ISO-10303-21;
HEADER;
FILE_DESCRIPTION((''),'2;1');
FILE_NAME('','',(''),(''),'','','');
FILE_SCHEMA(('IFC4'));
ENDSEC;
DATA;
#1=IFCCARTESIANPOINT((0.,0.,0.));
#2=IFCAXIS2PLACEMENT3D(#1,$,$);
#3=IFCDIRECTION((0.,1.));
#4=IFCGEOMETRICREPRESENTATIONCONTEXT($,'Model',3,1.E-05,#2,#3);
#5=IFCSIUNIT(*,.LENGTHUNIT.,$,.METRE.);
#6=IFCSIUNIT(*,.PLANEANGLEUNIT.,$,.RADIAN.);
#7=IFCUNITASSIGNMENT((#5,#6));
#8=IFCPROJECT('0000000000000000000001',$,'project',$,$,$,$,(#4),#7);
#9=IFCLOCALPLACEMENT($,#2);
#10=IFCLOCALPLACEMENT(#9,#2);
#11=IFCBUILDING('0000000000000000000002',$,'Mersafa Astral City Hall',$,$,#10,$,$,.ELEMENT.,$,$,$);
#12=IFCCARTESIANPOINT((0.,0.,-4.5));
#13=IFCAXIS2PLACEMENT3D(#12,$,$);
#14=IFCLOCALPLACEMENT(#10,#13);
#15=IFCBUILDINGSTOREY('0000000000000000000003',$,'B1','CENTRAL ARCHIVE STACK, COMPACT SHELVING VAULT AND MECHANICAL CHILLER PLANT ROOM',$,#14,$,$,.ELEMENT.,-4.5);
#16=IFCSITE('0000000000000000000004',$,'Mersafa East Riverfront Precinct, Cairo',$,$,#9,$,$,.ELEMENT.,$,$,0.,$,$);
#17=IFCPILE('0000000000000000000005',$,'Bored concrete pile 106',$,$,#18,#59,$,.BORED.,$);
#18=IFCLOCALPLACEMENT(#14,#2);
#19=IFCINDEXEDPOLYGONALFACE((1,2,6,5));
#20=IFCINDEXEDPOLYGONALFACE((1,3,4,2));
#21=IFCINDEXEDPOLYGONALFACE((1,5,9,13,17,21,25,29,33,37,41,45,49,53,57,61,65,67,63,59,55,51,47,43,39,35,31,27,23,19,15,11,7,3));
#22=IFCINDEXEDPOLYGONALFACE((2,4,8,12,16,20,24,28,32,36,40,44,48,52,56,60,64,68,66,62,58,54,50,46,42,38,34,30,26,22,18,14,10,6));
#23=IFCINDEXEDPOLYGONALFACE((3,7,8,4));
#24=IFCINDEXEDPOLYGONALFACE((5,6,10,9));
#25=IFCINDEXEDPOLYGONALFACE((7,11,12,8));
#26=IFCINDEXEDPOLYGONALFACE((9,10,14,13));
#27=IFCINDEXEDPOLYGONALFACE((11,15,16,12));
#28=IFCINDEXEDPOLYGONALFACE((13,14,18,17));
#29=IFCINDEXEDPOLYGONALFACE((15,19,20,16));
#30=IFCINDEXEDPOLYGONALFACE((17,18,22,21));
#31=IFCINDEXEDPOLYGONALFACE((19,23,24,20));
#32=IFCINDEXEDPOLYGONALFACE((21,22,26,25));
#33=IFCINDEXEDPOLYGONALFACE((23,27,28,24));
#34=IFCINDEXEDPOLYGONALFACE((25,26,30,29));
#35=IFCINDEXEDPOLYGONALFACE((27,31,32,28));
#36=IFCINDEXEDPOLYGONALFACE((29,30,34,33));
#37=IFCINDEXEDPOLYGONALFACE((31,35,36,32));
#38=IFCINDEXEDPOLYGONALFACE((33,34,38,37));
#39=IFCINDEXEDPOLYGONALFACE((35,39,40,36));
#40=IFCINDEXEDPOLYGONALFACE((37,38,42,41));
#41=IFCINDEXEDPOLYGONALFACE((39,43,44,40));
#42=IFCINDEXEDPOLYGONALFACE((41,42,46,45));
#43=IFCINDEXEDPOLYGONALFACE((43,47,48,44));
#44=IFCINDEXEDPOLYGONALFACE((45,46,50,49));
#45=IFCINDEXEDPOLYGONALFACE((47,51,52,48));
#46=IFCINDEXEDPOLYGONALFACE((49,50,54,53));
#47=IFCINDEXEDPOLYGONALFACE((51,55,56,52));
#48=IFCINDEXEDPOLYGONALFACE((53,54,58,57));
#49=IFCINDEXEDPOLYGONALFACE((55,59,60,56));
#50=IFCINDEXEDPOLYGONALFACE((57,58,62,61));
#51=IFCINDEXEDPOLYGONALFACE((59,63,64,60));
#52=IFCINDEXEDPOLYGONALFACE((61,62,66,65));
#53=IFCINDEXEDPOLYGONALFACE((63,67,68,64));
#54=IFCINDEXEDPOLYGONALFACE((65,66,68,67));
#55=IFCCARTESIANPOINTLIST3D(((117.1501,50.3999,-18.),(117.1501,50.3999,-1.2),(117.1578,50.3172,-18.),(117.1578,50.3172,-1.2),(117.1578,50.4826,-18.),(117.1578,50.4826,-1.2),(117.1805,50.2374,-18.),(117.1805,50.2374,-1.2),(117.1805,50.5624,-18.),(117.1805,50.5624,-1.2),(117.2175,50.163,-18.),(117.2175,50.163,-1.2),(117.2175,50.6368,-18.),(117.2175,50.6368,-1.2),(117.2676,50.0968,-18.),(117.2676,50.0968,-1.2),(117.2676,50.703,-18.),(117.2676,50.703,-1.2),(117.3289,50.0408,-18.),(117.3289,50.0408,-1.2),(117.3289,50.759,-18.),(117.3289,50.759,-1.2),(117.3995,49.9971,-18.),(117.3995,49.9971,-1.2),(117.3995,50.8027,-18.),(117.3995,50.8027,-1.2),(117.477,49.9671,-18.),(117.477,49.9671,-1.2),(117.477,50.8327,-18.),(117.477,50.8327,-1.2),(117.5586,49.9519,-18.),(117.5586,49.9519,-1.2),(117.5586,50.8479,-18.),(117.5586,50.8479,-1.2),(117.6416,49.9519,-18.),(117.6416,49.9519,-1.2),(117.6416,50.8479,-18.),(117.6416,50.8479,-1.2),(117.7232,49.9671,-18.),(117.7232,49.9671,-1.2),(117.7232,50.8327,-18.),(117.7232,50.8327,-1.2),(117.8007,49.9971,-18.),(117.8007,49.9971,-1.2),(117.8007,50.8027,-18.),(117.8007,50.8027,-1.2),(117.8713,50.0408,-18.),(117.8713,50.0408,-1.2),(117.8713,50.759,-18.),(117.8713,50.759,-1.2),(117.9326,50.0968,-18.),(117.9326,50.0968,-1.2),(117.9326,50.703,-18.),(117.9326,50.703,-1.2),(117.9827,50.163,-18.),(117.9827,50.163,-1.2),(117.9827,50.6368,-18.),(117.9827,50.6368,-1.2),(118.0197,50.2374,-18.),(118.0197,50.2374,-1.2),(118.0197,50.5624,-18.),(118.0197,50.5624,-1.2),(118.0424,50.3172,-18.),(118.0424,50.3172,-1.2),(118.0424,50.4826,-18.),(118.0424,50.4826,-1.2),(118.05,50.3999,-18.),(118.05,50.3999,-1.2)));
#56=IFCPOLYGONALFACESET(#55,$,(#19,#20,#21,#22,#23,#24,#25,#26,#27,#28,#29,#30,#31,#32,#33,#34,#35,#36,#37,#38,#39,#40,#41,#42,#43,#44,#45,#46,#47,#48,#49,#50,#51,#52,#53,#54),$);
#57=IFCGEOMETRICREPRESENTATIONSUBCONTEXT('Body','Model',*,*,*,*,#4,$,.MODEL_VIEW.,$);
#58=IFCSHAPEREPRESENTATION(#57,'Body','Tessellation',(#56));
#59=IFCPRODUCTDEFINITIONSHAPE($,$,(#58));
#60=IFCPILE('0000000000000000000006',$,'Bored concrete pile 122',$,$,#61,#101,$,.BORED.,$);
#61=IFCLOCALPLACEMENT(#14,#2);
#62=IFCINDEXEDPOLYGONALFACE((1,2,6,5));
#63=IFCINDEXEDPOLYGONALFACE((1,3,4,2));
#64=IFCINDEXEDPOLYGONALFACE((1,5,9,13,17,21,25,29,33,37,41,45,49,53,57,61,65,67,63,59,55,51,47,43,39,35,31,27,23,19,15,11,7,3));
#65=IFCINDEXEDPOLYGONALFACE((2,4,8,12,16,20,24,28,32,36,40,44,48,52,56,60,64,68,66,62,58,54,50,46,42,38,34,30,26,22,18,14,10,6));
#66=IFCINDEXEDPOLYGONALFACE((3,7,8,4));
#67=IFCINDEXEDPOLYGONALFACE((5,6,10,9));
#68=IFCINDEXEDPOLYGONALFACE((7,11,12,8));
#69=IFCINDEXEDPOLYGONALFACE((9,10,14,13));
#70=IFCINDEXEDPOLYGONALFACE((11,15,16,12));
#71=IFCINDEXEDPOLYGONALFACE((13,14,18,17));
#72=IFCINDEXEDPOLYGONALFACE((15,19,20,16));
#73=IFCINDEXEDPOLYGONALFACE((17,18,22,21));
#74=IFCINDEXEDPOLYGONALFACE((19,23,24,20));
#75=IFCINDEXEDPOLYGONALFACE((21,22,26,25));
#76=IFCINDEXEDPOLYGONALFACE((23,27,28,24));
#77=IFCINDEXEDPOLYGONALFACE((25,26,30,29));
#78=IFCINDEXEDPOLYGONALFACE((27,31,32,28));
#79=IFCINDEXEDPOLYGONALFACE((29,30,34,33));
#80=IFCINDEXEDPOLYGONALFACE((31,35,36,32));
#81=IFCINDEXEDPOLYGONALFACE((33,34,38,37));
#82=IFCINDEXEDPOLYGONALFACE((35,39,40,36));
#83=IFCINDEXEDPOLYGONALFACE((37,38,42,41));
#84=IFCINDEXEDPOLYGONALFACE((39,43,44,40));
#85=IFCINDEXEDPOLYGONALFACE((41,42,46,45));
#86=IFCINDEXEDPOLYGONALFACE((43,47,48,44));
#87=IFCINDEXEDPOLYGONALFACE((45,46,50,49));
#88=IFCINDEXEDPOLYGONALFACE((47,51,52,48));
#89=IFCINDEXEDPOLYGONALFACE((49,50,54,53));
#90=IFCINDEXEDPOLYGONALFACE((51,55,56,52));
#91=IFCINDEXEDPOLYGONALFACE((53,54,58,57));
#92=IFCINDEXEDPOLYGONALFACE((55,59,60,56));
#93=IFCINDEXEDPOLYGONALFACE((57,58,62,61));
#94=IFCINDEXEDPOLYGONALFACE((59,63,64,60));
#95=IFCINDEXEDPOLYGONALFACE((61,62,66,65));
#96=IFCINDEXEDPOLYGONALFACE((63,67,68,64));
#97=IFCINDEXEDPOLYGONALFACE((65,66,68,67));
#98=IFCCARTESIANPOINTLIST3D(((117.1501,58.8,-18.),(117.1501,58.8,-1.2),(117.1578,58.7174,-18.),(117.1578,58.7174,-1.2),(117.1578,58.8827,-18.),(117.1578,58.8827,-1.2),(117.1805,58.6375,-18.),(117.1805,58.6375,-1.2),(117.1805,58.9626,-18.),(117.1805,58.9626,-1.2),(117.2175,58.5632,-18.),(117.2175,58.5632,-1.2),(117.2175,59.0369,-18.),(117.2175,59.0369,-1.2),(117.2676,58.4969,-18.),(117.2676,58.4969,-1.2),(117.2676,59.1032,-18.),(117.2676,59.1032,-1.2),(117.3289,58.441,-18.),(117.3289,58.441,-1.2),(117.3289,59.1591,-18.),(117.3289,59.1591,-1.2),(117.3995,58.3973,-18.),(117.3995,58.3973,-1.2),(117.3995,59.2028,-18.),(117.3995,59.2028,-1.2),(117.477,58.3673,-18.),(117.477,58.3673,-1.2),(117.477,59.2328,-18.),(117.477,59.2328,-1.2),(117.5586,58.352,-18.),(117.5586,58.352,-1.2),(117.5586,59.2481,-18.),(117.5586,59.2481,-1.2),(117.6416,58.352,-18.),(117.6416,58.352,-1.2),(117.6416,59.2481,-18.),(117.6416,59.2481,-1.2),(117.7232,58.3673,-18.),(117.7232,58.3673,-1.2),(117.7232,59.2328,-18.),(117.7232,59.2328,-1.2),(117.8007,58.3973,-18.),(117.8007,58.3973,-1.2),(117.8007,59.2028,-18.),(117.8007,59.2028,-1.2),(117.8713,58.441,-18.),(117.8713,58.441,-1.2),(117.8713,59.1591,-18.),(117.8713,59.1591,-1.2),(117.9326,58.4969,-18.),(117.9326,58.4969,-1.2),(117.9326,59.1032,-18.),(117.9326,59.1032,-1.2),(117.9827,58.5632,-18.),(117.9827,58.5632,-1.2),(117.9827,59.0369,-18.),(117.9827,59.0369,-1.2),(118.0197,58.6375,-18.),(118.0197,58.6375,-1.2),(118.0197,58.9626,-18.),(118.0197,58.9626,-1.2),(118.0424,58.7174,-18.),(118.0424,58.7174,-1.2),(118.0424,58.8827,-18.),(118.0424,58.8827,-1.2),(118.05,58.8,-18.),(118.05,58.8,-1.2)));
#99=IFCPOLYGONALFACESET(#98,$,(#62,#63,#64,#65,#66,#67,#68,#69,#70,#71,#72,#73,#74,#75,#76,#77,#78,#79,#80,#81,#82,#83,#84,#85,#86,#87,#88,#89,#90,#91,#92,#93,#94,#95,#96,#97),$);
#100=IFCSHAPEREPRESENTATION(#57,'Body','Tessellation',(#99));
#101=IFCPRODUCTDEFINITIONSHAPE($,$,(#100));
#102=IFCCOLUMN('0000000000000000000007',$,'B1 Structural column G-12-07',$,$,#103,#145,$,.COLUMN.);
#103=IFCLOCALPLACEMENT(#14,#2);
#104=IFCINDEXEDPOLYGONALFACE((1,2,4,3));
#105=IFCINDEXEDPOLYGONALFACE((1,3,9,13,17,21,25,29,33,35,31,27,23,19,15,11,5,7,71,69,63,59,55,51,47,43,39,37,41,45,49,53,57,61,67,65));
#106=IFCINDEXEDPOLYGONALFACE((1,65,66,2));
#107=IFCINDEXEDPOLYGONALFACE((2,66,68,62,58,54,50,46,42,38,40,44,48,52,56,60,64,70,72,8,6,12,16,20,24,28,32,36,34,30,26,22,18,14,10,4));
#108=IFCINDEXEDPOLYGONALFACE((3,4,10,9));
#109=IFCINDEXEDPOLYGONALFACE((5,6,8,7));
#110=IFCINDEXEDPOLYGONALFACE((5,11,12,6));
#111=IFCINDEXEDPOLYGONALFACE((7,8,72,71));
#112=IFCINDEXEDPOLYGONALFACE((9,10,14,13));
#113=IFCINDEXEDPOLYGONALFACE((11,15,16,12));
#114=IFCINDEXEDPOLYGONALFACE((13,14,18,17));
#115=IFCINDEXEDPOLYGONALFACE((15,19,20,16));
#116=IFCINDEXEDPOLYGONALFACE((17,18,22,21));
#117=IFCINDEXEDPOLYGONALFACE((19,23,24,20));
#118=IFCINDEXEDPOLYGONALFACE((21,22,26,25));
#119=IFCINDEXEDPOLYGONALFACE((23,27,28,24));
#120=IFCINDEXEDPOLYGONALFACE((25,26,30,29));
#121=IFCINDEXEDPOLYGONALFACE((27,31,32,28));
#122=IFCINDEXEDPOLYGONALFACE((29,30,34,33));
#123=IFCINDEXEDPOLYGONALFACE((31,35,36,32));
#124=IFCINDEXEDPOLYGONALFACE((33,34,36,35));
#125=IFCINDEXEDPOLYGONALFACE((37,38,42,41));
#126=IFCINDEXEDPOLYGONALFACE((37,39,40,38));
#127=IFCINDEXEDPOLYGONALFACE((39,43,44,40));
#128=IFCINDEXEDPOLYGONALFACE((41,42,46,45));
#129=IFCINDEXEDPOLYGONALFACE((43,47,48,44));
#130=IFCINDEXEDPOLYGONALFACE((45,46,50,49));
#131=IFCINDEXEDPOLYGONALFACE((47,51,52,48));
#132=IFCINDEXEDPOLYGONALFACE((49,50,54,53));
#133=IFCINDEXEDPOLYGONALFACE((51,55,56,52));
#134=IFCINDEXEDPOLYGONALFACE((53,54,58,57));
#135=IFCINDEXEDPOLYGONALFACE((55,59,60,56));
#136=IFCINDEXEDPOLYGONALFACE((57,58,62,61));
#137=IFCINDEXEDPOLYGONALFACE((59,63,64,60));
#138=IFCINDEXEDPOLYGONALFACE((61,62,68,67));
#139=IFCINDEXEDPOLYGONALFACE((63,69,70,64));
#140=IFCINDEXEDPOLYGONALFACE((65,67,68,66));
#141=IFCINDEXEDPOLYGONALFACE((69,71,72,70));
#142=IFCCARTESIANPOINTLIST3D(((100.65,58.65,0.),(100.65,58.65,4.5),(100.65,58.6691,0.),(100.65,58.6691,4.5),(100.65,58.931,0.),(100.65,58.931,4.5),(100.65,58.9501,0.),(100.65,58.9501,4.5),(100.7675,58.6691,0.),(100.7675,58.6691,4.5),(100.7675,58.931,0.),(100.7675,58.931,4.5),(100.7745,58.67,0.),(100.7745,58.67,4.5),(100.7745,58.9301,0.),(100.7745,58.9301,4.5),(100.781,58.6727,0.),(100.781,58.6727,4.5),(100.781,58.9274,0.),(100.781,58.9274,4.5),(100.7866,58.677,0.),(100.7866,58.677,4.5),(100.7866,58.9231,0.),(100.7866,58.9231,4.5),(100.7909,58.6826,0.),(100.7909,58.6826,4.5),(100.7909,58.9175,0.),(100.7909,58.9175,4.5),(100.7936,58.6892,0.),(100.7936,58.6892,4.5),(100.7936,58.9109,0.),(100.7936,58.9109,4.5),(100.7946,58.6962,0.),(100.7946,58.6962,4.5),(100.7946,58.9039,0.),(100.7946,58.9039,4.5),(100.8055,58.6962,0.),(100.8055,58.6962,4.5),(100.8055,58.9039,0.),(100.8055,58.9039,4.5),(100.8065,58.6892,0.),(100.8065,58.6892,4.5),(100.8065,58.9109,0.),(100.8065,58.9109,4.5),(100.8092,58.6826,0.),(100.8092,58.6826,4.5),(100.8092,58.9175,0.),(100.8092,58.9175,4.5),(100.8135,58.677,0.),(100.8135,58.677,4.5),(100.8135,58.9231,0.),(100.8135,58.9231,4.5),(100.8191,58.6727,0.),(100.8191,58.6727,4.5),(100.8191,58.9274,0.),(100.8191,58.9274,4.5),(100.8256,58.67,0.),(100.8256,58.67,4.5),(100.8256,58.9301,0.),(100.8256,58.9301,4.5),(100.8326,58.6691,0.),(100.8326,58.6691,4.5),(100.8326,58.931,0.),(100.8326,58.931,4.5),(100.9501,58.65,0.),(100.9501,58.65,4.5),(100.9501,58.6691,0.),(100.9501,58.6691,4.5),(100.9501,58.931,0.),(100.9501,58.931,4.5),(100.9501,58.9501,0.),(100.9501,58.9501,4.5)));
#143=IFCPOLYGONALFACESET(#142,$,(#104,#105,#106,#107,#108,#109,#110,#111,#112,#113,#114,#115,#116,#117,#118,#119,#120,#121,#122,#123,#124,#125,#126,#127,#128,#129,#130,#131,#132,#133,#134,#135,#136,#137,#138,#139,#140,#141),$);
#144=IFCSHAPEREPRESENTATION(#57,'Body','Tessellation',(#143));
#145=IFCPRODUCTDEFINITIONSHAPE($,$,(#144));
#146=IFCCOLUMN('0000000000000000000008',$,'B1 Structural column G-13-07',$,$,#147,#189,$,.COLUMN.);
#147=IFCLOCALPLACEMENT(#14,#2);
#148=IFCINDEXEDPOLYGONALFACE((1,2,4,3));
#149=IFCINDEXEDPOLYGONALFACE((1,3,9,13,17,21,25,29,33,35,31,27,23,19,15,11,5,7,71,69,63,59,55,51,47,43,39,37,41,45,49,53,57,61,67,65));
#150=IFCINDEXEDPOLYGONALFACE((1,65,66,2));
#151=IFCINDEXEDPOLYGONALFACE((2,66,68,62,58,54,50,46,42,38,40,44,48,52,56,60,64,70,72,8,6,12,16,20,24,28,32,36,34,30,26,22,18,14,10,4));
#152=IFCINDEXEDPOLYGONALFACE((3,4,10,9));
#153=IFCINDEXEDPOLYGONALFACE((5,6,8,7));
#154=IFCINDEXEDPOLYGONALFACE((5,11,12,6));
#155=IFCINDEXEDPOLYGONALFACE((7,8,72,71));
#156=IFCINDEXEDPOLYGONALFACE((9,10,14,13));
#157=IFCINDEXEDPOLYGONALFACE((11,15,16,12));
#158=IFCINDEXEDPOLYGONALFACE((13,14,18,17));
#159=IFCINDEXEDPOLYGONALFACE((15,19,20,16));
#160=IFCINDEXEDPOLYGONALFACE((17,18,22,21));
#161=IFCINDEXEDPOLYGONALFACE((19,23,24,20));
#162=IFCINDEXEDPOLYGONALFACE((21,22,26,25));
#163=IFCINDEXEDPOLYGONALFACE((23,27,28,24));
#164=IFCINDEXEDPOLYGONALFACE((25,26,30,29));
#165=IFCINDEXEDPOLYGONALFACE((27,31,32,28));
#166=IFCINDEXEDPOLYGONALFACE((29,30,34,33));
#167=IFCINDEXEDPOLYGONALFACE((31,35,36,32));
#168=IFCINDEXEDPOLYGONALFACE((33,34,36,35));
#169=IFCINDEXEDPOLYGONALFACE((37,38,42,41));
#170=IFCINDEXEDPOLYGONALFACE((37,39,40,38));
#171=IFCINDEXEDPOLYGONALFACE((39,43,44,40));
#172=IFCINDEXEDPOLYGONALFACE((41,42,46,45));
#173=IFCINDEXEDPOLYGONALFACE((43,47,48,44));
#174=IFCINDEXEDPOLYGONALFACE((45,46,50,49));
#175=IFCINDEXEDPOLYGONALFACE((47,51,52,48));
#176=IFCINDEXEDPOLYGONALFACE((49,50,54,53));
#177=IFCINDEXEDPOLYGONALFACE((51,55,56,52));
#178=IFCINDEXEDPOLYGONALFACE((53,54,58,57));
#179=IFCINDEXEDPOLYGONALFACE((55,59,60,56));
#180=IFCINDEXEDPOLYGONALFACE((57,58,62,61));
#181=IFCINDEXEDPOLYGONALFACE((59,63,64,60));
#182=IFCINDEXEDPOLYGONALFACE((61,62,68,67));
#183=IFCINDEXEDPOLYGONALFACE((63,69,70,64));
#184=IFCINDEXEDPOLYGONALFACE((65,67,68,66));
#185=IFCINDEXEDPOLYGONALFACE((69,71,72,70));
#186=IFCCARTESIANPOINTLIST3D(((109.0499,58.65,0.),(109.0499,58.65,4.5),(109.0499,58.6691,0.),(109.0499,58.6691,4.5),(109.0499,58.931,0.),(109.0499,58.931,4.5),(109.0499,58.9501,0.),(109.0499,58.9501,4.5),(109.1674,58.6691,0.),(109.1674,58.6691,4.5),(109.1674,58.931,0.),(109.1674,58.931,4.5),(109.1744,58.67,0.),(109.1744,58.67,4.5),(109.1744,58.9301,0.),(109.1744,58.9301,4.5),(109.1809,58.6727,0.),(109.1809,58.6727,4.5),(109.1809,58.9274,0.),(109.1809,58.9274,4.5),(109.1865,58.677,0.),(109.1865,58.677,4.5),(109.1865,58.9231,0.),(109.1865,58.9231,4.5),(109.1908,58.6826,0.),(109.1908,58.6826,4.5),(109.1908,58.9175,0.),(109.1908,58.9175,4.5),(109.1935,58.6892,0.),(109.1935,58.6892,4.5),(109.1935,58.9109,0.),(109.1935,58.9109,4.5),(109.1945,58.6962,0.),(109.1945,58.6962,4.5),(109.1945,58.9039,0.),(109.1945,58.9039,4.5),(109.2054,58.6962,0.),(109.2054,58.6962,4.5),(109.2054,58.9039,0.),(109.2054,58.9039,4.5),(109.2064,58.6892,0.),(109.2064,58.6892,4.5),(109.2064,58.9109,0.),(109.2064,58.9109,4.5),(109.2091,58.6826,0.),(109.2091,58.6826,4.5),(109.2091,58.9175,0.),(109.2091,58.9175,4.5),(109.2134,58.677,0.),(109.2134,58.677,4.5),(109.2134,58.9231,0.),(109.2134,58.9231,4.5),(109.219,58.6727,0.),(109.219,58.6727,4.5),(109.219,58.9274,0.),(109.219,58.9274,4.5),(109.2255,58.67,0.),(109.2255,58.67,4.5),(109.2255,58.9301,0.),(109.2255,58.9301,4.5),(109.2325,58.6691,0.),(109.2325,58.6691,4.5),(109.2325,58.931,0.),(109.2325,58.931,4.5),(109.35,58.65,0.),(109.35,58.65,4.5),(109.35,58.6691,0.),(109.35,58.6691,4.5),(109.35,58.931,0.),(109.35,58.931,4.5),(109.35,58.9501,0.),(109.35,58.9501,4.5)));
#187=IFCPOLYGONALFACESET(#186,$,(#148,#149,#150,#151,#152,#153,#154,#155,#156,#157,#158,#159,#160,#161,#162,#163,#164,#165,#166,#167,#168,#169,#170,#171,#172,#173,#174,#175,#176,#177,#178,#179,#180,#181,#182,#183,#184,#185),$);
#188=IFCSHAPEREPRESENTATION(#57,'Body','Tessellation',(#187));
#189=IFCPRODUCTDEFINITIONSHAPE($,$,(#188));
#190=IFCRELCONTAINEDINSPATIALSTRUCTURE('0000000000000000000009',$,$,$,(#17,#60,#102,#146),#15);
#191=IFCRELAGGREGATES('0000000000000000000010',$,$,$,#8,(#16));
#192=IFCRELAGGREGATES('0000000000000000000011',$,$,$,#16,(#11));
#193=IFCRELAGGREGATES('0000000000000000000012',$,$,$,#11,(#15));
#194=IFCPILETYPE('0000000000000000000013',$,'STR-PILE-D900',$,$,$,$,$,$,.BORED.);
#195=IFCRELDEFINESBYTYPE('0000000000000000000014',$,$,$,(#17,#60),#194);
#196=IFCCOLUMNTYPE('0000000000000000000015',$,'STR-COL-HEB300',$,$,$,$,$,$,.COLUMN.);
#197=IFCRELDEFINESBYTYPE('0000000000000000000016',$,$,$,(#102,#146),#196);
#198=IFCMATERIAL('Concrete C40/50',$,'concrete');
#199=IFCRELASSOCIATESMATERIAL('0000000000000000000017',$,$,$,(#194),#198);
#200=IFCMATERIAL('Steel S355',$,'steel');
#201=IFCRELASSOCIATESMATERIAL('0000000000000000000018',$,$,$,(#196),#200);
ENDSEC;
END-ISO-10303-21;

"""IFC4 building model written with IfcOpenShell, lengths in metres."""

from ifc_helpers import new_model, si_unit, direction, frame, origin, origin_2d, place, context, subcontext, project, spatial, circle, i_section, extrude, material, material_profile, profile_set, type_object, element, save


model = new_model("IFC4")

# Units and contexts
model_context = context("Model", 3, precision=1e-05, world=origin(), true_north=direction((0.0, 1.0)))
body_context = subcontext(model_context, "Body", "Model", "MODEL_VIEW")
ifc_project = project(units=[si_unit("LENGTHUNIT", "METRE"), si_unit("PLANEANGLEUNIT", "RADIAN")], contexts=[model_context])

# Site, building, storey
site_placement = place(None, origin())
site = spatial("IfcSite", under=ifc_project, at=site_placement, Name="Mersafa East Riverfront Precinct, Cairo", CompositionType="ELEMENT", RefElevation=0.0)
building_placement = place(site_placement, origin())
building = spatial("IfcBuilding", under=site, at=building_placement, Name="Mersafa Astral City Hall", CompositionType="ELEMENT")
storey_placement = place(building_placement, frame((0.0, 0.0, -4.5)))
storey = spatial("IfcBuildingStorey", under=building, at=storey_placement, Name="B1", Description="CENTRAL ARCHIVE STACK, COMPACT SHELVING VAULT AND MECHANICAL CHILLER PLANT ROOM", CompositionType="ELEMENT", Elevation=-4.5)

# Shared definitions
ifc_material_1 = material(Name="Concrete C40/50", Category="concrete")

# Piles
ifc_material_profile_1 = material_profile(ifc_material_1, circle(Radius=0.45, at=origin_2d()), Name="PILE D900")
ifc_profile_set_1 = profile_set([ifc_material_profile_1], Name="Concrete C40/50")
pile_type_1 = type_object("IfcPileType", Name="STR-PILE-D900", PredefinedType="BORED", material=ifc_profile_set_1)
for number, where, z_axis, x_axis, name in (
    (1, (117.6001, 50.3999, -1.2), (0.0, 0.0, -1.0), (1.0, 0.0, 0.0), "Bored concrete pile 106"),
    (2, (117.6001, 58.8, -1.2), (0.0, 0.0, -1.0), (1.0, 0.0, 0.0), "Bored concrete pile 122"),
):
    element("IfcPile", number, at=place(storey_placement, frame(where, z_axis=z_axis, x_axis=x_axis)), inside=storey, type_object=pile_type_1, Name=name, PredefinedType="BORED", context=body_context, shape_type="SweptSolid", body=[
        extrude(circle(Radius=0.45, at=origin_2d()), origin(), (0.0, 0.0, 1.0), 16.8),
    ])

# Columns
ifc_material_2 = material(Name="Steel S355", Category="steel")
ifc_material_profile_2 = material_profile(ifc_material_2, i_section(OverallWidth=0.3, OverallDepth=0.3, WebThickness=0.011, FlangeThickness=0.019, FilletRadius=0.0271, at=origin_2d()), Name="HEB 300")
ifc_profile_set_2 = profile_set([ifc_material_profile_2], Name="Steel S355")
column_type_1 = type_object("IfcColumnType", Name="STR-COL-HEB300", PredefinedType="COLUMN", material=ifc_profile_set_2)
for number, where, z_axis, x_axis, name in (
    (3, (100.8, 58.8, 0.0), (0.0, 0.0, 1.0), (1.0, 0.0, 0.0), "B1 Structural column G-12-07"),
    (4, (109.2, 58.8, 0.0), (0.0, 0.0, 1.0), (1.0, 0.0, 0.0), "B1 Structural column G-13-07"),
):
    element("IfcColumn", number, at=place(storey_placement, frame(where, z_axis=z_axis, x_axis=x_axis)), inside=storey, type_object=column_type_1, Name=name, PredefinedType="COLUMN", context=body_context, shape_type="SweptSolid", body=[
        extrude(i_section(OverallWidth=0.3, OverallDepth=0.3, WebThickness=0.011, FlangeThickness=0.019, FilletRadius=0.0271, at=origin_2d()), origin(), (0.0, 0.0, 1.0), 4.5),
    ])

save(model, "model.ifc")
